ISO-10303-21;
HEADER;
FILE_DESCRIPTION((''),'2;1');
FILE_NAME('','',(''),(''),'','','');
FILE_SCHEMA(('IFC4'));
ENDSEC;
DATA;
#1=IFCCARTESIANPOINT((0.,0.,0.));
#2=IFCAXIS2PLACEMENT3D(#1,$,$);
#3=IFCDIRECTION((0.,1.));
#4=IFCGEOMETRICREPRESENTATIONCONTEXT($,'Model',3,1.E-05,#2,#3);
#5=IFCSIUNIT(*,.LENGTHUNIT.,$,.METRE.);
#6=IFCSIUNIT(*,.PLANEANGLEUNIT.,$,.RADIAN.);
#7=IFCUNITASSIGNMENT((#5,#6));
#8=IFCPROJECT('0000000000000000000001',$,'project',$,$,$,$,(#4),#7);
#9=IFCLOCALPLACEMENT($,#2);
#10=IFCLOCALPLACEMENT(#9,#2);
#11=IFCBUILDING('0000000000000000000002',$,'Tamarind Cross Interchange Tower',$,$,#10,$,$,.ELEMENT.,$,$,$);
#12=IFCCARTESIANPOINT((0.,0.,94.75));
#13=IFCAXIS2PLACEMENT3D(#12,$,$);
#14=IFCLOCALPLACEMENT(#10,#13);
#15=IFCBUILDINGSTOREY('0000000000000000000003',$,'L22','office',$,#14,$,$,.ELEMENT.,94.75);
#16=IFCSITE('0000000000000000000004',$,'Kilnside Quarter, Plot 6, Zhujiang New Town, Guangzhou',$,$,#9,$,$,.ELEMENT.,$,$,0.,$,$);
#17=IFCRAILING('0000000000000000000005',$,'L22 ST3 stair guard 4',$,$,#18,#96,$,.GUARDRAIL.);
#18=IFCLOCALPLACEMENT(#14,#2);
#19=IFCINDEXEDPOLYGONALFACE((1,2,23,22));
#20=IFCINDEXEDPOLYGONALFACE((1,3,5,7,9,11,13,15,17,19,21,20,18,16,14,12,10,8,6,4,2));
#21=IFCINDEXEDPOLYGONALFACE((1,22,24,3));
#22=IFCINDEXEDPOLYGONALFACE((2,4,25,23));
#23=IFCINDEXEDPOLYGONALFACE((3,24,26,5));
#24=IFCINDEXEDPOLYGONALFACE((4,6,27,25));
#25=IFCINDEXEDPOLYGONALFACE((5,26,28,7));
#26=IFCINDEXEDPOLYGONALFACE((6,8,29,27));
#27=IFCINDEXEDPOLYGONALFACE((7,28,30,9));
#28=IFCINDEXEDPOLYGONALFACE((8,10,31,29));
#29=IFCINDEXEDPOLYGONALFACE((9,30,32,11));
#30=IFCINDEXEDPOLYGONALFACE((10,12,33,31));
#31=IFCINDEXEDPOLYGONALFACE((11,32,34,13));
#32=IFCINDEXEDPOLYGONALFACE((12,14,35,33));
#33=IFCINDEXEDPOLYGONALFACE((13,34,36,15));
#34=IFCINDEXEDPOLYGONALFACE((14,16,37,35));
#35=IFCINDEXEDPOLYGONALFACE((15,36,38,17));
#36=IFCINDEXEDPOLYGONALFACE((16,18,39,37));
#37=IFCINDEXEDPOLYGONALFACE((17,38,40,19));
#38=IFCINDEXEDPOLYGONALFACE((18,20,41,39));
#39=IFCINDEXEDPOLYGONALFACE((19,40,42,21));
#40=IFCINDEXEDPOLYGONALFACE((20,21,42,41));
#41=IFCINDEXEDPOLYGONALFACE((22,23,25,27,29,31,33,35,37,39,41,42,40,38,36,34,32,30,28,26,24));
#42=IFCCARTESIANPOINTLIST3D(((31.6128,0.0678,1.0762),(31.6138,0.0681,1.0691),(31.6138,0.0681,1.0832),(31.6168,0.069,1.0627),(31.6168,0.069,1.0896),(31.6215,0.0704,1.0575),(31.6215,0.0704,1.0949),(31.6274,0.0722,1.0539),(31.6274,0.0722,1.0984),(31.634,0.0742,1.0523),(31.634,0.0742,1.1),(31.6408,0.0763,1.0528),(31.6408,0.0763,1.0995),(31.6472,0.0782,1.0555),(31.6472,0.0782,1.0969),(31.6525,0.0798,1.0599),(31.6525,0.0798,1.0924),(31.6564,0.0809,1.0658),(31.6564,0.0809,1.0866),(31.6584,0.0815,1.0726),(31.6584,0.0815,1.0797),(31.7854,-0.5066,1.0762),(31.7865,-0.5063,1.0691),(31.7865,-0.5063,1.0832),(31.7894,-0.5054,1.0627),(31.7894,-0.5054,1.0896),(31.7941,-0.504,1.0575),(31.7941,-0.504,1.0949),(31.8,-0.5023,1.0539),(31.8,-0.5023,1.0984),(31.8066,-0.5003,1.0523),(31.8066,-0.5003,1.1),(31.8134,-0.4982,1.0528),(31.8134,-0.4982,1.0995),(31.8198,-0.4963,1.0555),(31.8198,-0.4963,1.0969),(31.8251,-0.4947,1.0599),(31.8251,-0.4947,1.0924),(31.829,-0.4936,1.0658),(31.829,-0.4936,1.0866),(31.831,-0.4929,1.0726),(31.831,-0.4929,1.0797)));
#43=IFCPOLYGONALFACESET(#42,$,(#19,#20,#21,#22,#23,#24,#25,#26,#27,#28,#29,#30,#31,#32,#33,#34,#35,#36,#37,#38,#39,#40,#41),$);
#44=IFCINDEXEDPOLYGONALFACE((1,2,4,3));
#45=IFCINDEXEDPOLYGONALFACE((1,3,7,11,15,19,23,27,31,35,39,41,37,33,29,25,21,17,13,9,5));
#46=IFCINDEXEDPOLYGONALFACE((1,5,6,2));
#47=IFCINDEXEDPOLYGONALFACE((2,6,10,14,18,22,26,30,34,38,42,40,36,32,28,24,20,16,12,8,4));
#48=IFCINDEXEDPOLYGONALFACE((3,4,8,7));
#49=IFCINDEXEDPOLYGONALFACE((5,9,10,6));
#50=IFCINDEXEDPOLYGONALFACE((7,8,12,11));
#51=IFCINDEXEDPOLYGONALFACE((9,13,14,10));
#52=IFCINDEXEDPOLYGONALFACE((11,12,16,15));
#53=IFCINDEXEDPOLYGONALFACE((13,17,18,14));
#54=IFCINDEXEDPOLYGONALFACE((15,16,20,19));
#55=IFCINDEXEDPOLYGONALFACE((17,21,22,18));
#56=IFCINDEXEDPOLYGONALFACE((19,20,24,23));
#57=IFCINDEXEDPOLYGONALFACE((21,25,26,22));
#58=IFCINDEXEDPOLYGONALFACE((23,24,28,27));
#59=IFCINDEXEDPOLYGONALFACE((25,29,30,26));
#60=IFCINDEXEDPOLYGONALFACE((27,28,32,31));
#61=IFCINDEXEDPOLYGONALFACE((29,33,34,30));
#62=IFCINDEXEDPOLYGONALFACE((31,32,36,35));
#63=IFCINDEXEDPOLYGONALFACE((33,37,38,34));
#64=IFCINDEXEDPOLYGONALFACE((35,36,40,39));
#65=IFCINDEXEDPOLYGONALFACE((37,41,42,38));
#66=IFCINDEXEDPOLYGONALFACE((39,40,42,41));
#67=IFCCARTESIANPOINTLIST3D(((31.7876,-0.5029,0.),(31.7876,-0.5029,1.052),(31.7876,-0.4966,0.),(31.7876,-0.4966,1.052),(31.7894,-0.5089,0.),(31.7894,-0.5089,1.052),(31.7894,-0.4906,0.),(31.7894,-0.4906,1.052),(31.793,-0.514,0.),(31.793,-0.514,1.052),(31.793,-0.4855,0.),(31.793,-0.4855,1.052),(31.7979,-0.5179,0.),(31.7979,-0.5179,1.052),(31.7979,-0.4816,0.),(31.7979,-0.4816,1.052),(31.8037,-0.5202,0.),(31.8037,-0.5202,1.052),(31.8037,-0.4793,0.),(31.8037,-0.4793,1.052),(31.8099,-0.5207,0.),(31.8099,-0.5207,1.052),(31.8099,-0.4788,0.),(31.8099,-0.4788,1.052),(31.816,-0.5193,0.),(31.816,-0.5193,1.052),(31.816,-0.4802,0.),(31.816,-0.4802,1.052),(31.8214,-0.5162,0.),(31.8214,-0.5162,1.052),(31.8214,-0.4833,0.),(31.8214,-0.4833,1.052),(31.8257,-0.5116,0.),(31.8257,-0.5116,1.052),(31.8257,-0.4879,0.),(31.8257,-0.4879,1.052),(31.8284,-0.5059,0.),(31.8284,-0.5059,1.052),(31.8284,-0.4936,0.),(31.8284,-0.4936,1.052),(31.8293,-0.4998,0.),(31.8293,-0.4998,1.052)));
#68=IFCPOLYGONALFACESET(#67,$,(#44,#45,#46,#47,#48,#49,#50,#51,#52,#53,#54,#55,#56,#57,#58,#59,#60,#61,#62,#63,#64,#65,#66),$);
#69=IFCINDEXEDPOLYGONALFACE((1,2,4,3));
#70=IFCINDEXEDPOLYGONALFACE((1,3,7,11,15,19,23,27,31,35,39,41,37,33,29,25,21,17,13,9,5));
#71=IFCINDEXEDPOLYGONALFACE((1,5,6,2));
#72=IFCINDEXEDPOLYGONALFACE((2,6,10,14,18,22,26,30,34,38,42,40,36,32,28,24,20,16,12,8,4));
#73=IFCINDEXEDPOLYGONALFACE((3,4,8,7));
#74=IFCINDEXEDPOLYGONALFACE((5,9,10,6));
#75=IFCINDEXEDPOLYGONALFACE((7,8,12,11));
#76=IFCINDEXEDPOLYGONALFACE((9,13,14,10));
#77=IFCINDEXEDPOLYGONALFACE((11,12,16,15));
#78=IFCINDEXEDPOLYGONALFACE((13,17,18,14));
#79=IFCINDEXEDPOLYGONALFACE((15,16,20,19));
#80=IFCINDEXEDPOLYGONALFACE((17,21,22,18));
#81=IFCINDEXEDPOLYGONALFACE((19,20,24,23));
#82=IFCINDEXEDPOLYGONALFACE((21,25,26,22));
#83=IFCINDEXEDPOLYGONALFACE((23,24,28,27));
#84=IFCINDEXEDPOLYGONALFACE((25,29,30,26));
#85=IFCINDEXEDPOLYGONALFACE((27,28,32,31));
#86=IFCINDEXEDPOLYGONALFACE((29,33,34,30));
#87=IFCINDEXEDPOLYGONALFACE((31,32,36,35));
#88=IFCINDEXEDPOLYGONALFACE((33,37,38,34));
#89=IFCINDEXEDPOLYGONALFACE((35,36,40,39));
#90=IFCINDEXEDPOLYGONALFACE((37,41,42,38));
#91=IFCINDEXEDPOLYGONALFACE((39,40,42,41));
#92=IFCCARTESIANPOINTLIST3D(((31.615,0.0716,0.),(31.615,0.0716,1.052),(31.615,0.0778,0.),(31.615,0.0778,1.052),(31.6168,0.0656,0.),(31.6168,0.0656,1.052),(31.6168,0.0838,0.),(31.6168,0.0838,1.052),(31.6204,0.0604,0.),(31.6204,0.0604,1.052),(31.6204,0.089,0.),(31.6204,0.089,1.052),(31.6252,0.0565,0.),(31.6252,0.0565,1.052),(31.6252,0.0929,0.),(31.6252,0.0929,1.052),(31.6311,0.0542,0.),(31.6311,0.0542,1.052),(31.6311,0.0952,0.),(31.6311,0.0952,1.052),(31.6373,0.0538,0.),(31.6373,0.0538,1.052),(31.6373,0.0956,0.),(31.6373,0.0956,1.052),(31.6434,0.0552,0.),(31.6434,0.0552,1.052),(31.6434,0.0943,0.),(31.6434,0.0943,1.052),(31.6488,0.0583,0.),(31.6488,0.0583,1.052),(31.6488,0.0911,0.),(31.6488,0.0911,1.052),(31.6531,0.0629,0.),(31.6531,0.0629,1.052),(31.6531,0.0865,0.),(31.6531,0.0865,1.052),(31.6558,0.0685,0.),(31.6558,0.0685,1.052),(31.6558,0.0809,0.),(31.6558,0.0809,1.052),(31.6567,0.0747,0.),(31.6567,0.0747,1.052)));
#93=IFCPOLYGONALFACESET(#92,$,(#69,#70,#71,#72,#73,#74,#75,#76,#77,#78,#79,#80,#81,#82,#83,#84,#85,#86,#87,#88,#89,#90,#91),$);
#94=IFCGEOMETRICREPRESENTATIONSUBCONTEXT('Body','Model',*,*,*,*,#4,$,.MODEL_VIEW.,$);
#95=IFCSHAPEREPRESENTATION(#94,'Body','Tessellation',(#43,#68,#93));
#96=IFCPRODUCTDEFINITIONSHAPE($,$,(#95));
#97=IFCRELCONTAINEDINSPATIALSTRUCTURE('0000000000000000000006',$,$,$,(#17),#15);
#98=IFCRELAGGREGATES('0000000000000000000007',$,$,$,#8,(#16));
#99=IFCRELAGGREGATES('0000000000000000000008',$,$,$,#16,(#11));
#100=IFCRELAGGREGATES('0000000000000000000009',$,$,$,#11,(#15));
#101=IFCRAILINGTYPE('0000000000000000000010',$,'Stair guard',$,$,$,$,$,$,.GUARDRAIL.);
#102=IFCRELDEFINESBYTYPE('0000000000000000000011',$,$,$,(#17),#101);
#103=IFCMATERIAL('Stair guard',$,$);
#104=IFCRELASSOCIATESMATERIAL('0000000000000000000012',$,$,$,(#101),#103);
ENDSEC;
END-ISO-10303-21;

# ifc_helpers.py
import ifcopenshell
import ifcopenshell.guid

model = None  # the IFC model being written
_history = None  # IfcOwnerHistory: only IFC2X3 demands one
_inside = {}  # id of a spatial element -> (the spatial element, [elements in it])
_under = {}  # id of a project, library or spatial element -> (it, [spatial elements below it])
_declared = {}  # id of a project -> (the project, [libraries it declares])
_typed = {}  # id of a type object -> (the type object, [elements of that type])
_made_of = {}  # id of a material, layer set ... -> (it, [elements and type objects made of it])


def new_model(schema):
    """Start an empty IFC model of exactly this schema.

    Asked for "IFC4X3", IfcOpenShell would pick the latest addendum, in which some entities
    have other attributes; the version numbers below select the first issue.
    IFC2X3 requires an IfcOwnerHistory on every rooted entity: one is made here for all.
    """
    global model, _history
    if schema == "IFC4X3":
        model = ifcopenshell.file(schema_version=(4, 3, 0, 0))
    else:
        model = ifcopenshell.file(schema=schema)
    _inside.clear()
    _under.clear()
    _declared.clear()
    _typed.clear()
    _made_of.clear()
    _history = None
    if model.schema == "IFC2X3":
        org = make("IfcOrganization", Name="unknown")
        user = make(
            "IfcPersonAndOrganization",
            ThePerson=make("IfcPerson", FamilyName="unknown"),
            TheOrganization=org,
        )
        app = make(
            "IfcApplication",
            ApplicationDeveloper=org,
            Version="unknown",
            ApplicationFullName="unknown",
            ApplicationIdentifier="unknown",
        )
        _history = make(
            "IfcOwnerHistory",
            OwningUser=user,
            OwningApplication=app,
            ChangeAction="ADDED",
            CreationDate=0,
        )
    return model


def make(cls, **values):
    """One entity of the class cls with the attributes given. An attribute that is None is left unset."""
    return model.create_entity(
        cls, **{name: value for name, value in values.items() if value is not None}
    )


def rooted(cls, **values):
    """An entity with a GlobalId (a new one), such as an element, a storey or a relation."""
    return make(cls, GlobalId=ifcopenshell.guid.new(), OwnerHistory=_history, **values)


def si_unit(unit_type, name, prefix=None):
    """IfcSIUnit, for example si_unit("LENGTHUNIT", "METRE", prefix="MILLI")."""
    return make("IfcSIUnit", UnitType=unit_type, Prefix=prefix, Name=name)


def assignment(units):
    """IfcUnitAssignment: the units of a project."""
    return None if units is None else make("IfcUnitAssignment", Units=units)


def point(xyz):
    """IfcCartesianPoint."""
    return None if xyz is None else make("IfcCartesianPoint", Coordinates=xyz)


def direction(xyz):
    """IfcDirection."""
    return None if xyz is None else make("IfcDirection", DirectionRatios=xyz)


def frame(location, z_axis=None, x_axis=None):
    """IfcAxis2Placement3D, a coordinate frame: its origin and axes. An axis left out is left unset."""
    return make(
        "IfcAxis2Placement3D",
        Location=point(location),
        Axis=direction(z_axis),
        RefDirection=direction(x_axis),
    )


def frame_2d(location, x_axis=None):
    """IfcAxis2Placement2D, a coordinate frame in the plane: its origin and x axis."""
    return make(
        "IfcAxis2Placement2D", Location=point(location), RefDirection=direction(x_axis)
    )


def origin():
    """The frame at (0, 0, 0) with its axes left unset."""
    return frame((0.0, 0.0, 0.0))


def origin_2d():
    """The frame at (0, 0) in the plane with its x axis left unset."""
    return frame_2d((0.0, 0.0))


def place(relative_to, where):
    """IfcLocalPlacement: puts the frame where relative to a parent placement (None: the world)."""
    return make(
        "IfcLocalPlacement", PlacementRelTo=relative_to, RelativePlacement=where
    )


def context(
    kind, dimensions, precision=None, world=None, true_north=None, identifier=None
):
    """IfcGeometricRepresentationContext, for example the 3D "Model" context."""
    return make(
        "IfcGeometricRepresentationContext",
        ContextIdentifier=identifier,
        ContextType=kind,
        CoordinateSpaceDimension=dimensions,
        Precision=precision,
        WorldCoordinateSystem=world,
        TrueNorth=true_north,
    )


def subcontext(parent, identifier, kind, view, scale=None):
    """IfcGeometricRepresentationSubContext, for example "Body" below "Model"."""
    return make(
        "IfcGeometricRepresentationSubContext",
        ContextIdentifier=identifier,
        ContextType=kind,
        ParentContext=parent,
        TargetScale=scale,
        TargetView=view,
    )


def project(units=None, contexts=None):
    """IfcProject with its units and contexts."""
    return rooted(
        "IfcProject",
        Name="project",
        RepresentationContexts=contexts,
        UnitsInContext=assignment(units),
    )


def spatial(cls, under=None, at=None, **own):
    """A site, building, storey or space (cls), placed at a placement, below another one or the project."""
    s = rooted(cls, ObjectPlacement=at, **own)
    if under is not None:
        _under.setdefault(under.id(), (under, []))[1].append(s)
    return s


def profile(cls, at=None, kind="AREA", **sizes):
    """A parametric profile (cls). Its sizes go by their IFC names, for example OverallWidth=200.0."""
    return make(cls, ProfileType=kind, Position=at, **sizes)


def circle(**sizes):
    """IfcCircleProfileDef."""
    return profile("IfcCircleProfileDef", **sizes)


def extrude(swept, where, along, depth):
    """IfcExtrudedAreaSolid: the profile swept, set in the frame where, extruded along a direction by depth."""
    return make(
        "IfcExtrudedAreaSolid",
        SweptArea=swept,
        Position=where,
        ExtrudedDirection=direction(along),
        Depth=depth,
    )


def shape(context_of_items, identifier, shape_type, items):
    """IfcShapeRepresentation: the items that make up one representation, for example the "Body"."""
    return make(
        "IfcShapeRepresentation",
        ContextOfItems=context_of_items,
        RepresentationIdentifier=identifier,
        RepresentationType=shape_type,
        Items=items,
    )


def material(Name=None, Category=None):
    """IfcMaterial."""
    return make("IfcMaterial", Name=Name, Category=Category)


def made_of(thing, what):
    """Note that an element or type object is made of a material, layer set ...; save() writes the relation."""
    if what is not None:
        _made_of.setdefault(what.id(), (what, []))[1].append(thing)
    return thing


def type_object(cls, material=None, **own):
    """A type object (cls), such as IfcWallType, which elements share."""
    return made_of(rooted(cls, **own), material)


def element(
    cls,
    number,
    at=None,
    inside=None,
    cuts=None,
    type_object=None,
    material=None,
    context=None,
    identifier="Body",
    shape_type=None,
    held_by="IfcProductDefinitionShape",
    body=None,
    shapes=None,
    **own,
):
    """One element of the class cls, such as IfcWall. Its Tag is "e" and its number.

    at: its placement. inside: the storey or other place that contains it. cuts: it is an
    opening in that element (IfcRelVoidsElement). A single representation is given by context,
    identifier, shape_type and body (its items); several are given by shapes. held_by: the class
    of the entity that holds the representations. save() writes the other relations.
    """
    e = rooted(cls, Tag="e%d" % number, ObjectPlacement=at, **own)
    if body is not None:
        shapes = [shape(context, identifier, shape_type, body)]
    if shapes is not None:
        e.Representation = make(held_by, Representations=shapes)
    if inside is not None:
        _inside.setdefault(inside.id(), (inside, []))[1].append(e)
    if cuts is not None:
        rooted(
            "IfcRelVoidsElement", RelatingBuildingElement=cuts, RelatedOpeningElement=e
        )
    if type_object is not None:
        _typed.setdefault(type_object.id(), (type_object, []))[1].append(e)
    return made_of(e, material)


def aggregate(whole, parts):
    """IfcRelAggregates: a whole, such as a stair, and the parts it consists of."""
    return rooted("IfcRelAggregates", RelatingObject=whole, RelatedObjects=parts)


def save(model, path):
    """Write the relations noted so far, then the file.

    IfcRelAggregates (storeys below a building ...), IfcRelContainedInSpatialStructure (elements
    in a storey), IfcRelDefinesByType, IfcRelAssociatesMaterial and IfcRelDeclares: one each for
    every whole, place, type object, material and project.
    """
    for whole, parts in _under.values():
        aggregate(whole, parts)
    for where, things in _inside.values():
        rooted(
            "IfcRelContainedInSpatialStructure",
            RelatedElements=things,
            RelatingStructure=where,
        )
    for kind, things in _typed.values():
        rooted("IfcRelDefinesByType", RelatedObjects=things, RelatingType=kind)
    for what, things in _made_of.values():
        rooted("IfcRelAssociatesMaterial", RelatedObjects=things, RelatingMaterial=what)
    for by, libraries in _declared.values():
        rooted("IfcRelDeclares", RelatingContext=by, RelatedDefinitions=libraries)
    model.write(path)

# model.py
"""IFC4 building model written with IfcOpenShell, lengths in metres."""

from ifc_helpers import new_model, si_unit, direction, frame, origin, origin_2d, place, context, subcontext, project, spatial, circle, extrude, material, type_object, element, save


model = new_model("IFC4")

# Units and contexts
model_context = context("Model", 3, precision=1e-05, world=origin(), true_north=direction((0.0, 1.0)))
body_context = subcontext(model_context, "Body", "Model", "MODEL_VIEW")
ifc_project = project(units=[si_unit("LENGTHUNIT", "METRE"), si_unit("PLANEANGLEUNIT", "RADIAN")], contexts=[model_context])

# Site, building, storey
site_placement = place(None, origin())
site = spatial("IfcSite", under=ifc_project, at=site_placement, Name="Kilnside Quarter, Plot 6, Zhujiang New Town, Guangzhou", CompositionType="ELEMENT", RefElevation=0.0)
building_placement = place(site_placement, origin())
building = spatial("IfcBuilding", under=site, at=building_placement, Name="Tamarind Cross Interchange Tower", CompositionType="ELEMENT")
storey_placement = place(building_placement, frame((0.0, 0.0, 94.75)))
storey = spatial("IfcBuildingStorey", under=building, at=storey_placement, Name="L22", Description="office", CompositionType="ELEMENT", Elevation=94.75)

# Railing
ifc_material_1 = material(Name="Stair guard")
railing_type_1 = type_object("IfcRailingType", Name="Stair guard", PredefinedType="GUARDRAIL", material=ifc_material_1)
railing_1_placement = place(storey_placement, frame((31.8083, -0.4998, 0.0)))
element("IfcRailing", 1, at=railing_1_placement, inside=storey, type_object=railing_type_1, Name="L22 ST3 stair guard 4", PredefinedType="GUARDRAIL", context=body_context, shape_type="SweptSolid", body=[
    extrude(circle(Radius=0.0239, at=origin_2d()), frame((0.0, 0.0, 1.0762), z_axis=(-0.287759, 0.957703, 0.0), x_axis=(-0.957703, -0.287759, 0.0)), (0.0, 0.0, 1.0), 0.5999),
    extrude(circle(Radius=0.021, at=origin_2d()), origin(), (0.0, 0.0, 1.0), 1.052),
    extrude(circle(Radius=0.021, at=origin_2d()), frame((-0.1726, 0.5745, 0.0)), (0.0, 0.0, 1.0), 1.052),
])

save(model, "model.ifc")
